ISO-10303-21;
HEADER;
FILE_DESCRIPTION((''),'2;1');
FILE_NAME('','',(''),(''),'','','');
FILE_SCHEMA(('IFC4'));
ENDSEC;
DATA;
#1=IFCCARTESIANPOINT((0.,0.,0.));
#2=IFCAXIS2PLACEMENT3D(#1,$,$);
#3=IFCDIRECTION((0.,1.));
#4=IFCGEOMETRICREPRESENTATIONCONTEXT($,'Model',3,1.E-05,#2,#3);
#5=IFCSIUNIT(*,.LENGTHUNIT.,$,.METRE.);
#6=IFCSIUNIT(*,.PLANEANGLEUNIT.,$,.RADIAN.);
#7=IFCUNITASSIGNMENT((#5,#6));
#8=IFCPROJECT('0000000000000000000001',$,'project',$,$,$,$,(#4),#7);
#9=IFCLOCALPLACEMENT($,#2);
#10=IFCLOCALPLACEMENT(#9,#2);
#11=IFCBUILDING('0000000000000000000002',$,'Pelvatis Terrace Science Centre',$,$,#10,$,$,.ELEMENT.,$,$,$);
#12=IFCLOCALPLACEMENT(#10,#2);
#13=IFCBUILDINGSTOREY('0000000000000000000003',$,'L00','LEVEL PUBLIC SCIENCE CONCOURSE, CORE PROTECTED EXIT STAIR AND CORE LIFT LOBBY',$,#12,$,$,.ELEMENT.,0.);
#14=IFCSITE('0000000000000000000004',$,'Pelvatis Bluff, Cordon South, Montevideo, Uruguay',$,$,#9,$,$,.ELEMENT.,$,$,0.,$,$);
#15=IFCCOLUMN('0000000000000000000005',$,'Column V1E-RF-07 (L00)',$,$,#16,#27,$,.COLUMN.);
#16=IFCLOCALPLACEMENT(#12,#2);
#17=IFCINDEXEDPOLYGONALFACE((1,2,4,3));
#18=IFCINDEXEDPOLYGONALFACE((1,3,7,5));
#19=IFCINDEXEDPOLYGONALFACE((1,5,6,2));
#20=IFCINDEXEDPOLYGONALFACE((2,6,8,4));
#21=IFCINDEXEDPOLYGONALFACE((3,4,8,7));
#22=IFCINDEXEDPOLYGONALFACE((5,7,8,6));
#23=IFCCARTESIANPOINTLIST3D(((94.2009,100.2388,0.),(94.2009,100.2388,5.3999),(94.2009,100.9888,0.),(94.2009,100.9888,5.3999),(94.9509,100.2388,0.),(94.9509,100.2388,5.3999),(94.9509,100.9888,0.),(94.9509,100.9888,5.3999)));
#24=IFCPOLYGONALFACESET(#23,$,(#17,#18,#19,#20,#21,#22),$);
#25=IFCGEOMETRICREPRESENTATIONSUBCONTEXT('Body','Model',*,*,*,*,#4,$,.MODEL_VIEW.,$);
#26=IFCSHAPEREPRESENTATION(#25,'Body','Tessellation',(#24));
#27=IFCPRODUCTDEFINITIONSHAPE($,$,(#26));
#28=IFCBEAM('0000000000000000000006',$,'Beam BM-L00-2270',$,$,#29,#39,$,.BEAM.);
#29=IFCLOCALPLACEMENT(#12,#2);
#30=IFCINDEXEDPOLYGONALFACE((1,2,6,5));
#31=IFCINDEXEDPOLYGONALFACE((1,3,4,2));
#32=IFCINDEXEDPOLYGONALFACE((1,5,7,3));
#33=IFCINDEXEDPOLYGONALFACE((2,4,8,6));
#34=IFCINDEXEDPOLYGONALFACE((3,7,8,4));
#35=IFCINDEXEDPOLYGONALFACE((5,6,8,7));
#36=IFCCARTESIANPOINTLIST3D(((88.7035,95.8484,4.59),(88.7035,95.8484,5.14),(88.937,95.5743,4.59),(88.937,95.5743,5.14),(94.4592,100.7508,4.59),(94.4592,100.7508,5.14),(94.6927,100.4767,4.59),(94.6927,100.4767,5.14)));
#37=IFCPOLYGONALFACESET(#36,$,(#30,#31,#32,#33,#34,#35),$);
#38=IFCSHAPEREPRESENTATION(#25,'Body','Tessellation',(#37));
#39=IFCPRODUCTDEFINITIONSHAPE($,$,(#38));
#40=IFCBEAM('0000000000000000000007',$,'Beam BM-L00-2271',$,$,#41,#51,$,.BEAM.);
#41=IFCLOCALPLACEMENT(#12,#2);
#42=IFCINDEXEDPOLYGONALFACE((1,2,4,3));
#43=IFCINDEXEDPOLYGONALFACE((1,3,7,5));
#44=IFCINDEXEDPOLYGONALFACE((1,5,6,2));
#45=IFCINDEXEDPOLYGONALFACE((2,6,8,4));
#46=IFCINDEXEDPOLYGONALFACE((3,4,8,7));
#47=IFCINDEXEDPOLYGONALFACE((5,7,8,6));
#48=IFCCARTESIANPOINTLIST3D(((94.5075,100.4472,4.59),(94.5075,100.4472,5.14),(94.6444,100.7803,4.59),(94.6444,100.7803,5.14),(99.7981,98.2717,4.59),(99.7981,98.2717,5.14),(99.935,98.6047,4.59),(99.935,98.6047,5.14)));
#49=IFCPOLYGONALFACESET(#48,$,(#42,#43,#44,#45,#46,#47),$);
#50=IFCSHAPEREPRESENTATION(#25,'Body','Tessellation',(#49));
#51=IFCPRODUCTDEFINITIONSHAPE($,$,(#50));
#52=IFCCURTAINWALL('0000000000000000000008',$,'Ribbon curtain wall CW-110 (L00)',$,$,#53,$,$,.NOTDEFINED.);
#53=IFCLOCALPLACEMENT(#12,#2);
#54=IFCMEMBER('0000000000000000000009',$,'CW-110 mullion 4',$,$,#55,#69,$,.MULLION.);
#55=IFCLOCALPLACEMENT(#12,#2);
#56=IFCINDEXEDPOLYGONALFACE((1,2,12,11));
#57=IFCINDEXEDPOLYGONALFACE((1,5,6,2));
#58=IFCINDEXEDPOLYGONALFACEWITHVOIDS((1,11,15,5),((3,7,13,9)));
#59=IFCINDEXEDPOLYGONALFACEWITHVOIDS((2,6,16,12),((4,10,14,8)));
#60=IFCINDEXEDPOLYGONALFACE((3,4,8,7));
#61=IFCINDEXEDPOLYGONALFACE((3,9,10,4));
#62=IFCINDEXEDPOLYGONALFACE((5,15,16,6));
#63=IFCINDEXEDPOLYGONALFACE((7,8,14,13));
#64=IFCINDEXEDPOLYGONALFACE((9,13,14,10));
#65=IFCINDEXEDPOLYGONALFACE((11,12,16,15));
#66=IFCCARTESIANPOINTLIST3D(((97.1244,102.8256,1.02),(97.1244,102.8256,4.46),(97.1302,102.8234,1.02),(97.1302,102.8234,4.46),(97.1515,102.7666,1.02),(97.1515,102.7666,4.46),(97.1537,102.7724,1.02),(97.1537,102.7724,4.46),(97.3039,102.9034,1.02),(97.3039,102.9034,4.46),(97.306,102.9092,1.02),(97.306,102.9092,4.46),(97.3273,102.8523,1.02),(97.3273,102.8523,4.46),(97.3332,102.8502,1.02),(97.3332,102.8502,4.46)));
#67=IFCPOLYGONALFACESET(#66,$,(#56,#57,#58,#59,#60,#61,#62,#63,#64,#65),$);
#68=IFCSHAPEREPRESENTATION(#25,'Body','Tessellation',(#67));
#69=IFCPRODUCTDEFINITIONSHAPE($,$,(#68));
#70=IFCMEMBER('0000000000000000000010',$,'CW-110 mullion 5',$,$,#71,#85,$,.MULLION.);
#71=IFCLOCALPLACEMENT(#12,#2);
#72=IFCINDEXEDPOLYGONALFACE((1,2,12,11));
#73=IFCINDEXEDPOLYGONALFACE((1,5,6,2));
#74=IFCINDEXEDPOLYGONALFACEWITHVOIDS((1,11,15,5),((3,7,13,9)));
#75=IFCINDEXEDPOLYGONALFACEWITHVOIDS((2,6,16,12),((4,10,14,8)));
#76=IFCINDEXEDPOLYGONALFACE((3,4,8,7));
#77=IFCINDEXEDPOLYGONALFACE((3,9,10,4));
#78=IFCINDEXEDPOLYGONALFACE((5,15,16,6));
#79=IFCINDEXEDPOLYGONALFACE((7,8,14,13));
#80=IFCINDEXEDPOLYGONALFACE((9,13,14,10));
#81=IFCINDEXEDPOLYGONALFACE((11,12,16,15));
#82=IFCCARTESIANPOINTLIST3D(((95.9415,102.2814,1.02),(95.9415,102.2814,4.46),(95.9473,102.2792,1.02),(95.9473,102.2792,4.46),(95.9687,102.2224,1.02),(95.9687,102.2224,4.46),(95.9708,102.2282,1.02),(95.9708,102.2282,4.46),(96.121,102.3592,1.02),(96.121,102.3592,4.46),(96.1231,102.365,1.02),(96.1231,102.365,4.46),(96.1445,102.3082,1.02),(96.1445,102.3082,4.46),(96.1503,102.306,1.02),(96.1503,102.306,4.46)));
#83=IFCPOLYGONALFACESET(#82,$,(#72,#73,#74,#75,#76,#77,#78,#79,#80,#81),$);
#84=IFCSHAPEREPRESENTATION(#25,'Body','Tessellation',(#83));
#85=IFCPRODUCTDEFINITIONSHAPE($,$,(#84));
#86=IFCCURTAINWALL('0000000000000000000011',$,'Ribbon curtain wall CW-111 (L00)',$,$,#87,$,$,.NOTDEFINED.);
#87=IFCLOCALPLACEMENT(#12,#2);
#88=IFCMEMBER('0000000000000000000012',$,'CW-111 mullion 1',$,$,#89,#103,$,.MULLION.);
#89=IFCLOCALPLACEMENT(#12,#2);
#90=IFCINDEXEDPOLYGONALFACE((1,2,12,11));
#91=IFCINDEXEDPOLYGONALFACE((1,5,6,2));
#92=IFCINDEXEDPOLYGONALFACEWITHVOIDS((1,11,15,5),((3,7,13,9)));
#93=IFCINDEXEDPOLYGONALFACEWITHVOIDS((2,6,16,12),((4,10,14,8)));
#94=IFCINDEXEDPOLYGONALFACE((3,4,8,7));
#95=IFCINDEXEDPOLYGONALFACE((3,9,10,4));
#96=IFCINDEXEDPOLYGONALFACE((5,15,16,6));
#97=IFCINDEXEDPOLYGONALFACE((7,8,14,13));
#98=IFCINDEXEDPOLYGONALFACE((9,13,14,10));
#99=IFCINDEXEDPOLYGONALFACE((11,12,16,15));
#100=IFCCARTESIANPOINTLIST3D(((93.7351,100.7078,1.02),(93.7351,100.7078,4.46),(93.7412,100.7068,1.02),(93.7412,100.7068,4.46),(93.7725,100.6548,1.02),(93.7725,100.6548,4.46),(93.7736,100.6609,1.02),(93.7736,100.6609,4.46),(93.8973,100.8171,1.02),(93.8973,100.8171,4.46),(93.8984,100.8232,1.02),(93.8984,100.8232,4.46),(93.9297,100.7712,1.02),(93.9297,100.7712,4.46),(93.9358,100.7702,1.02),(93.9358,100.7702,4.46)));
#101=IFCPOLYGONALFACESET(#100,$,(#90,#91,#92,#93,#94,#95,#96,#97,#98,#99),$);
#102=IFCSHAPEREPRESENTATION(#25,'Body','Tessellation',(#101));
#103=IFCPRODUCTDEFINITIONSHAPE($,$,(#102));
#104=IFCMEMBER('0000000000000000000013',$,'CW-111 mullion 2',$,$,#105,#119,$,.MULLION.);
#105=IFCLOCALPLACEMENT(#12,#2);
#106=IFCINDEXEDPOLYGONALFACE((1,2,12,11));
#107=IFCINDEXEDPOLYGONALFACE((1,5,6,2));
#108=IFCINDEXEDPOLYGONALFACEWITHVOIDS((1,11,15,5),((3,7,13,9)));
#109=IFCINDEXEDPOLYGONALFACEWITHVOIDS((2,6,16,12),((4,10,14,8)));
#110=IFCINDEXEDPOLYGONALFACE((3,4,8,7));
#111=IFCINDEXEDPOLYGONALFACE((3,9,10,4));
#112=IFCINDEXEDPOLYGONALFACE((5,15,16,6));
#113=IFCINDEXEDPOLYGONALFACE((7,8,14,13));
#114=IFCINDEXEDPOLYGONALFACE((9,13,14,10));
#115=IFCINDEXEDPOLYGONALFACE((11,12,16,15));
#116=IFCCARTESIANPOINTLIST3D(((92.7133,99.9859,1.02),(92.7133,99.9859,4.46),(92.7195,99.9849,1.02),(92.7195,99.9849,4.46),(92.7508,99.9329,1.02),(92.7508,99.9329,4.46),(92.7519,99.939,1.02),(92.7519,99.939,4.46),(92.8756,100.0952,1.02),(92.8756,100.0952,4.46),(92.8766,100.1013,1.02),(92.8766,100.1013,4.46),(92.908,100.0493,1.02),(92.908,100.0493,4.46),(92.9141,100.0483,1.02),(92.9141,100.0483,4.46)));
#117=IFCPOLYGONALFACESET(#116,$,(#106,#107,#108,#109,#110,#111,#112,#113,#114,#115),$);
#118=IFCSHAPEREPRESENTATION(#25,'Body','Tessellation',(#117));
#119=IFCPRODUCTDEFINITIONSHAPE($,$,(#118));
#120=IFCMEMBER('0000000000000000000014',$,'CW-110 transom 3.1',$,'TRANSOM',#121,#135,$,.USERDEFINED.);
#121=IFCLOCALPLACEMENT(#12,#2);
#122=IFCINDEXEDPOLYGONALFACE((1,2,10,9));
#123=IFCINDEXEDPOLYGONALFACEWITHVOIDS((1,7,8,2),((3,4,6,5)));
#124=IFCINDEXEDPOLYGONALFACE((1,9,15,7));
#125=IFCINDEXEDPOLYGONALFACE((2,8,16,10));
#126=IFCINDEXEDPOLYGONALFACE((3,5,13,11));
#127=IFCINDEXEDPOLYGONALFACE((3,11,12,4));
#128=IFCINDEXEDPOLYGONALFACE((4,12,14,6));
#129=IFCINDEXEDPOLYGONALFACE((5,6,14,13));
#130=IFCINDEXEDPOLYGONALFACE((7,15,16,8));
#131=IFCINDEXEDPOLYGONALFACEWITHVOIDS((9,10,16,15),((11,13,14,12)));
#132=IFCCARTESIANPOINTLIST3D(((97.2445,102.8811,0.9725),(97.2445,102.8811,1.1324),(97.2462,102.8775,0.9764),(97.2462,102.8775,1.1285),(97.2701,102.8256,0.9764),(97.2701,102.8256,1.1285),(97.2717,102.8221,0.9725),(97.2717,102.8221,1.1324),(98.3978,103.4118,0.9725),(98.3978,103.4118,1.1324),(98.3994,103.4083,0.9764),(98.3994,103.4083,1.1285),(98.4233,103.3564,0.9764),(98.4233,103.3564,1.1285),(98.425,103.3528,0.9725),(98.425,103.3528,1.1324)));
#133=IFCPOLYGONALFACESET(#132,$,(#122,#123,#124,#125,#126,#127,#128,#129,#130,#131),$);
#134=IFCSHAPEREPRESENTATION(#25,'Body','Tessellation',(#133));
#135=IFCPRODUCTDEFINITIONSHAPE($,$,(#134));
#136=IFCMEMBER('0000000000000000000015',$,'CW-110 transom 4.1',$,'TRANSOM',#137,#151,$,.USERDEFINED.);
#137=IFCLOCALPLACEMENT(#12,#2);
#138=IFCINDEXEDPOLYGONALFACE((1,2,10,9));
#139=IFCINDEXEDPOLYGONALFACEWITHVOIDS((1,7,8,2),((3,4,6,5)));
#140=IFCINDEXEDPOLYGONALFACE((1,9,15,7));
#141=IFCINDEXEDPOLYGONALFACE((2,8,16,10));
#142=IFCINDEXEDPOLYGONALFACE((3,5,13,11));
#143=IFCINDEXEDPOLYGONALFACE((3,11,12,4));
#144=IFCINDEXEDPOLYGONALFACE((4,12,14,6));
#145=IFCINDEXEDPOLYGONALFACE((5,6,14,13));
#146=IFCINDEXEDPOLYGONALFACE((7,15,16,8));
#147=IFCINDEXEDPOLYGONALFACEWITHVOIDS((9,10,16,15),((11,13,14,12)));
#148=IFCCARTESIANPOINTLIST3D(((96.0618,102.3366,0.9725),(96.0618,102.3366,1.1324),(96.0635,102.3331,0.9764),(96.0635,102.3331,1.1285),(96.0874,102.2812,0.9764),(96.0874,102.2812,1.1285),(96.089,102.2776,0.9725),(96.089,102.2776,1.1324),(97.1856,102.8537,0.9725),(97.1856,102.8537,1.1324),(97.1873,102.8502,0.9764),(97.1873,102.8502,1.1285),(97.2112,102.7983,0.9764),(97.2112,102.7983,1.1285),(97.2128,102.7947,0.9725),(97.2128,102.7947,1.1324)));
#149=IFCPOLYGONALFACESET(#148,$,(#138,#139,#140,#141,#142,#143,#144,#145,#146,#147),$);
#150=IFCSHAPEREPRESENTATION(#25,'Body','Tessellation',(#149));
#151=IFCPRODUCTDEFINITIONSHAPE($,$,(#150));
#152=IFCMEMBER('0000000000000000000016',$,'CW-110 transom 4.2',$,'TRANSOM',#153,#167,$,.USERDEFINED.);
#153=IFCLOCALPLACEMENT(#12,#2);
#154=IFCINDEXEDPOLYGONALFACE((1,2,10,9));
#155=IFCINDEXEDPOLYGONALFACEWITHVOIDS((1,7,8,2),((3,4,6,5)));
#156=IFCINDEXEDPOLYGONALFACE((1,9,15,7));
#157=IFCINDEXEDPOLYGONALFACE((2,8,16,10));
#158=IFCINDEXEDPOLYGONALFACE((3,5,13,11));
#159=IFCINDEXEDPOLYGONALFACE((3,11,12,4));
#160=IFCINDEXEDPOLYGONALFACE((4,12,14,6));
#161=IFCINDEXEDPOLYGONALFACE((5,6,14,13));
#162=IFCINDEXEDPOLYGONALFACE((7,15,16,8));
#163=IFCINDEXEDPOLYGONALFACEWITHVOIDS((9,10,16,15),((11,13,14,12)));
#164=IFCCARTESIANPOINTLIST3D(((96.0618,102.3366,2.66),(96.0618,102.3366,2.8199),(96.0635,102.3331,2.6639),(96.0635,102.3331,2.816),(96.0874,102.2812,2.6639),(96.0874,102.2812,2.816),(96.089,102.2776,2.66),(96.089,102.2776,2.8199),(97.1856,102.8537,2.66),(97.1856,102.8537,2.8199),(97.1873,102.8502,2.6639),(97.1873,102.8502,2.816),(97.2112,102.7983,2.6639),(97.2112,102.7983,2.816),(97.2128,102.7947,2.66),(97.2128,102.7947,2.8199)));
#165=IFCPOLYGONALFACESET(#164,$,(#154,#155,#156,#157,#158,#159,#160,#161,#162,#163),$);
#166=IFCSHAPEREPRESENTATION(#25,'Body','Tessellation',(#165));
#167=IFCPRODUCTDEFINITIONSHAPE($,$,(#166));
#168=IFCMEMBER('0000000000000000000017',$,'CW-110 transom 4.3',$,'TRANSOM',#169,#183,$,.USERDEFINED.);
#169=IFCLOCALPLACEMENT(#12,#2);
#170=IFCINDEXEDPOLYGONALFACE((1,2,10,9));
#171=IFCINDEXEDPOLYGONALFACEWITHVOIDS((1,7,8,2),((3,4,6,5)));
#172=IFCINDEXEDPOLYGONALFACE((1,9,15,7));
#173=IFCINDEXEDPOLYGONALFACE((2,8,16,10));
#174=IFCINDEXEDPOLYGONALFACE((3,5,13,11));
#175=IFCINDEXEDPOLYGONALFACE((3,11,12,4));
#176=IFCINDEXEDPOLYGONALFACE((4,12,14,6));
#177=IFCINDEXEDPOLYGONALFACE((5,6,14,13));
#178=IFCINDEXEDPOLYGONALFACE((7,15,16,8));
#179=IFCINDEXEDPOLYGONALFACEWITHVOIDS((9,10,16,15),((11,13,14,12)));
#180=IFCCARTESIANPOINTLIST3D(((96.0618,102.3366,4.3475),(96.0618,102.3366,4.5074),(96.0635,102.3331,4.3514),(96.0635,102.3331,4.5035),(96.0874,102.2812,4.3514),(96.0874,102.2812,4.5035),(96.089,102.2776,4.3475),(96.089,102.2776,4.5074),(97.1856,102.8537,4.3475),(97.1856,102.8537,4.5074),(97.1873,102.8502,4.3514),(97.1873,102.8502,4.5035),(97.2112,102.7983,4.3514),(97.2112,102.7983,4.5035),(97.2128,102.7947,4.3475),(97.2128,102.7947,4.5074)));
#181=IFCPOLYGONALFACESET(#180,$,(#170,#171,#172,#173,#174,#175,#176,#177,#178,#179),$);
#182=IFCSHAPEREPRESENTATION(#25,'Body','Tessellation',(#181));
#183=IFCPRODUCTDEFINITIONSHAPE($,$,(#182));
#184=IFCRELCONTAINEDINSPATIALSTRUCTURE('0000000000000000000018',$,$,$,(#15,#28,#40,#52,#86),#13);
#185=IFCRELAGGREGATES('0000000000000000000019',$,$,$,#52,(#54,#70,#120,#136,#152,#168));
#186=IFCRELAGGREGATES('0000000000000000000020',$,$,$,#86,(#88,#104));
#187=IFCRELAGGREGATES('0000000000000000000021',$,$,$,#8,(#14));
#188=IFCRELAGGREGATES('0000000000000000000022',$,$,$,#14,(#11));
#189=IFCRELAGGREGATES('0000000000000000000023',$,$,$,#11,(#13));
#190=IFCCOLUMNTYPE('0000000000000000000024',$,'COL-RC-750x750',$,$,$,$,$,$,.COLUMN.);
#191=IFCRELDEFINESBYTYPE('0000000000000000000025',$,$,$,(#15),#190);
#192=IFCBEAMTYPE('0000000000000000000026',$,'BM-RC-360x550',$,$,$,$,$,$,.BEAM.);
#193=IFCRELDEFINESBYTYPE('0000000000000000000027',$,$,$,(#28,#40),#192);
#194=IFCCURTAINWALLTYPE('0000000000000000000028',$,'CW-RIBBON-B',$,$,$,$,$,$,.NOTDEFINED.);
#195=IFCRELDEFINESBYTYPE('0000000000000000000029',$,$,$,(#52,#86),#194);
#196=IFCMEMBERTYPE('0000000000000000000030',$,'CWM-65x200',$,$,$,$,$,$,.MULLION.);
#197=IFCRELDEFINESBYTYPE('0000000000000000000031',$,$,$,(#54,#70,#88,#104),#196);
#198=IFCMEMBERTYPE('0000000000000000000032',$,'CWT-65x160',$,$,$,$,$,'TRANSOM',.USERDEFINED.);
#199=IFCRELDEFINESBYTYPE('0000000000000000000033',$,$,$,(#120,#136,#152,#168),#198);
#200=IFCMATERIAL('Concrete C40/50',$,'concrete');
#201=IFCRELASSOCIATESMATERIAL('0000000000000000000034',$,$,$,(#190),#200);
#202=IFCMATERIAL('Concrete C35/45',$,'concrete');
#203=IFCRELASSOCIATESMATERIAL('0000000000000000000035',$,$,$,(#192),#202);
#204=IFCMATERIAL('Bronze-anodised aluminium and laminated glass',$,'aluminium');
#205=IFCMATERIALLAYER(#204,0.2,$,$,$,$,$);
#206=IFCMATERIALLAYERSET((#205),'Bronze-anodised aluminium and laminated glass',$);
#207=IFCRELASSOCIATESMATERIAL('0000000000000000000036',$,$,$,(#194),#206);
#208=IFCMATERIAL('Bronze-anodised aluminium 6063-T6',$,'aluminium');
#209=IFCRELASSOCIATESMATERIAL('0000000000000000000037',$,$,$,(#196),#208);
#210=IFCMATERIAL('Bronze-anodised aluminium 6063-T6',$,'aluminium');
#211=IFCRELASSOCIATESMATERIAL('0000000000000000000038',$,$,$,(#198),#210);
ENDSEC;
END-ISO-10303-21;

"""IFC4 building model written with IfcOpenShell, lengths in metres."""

from ifc_helpers import new_model, si_unit, direction, frame, origin, origin_2d, place, context, subcontext, project, spatial, rectangle, hollow_rectangle, extrude, material, layer, layer_set, material_profile, profile_set, type_object, element, aggregate, save


model = new_model("IFC4")

# Units and contexts
model_context = context("Model", 3, precision=1e-05, world=origin(), true_north=direction((0.0, 1.0)))
body_context = subcontext(model_context, "Body", "Model", "MODEL_VIEW")
ifc_project = project(units=[si_unit("LENGTHUNIT", "METRE"), si_unit("PLANEANGLEUNIT", "RADIAN")], contexts=[model_context])

# Site, building, storey
site_placement = place(None, origin())
site = spatial("IfcSite", under=ifc_project, at=site_placement, Name="Pelvatis Bluff, Cordon South, Montevideo, Uruguay", CompositionType="ELEMENT", RefElevation=0.0)
building_placement = place(site_placement, origin())
building = spatial("IfcBuilding", under=site, at=building_placement, Name="Pelvatis Terrace Science Centre", CompositionType="ELEMENT")
storey_placement = place(building_placement, origin())
storey = spatial("IfcBuildingStorey", under=building, at=storey_placement, Name="L00", Description="LEVEL PUBLIC SCIENCE CONCOURSE, CORE PROTECTED EXIT STAIR AND CORE LIFT LOBBY", CompositionType="ELEMENT", Elevation=0.0)

# Column
ifc_material_1 = material(Name="Concrete C40/50", Category="concrete")
ifc_material_profile_1 = material_profile(ifc_material_1, rectangle(XDim=0.75, YDim=0.75, at=origin_2d()), Name="RC-COL 750x750")
ifc_profile_set_1 = profile_set([ifc_material_profile_1], Name="Concrete C40/50")
column_type = type_object("IfcColumnType", Name="COL-RC-750x750", PredefinedType="COLUMN", material=ifc_profile_set_1)
column_placement = place(storey_placement, frame((94.5759, 100.6138, 0.0), z_axis=(0.0, 0.0, 1.0), x_axis=(1.0, 0.0, 0.0)))
element("IfcColumn", 1, at=column_placement, inside=storey, type_object=column_type, Name="Column V1E-RF-07 (L00)", PredefinedType="COLUMN", context=body_context, shape_type="SweptSolid", body=[
    extrude(rectangle(XDim=0.75, YDim=0.75, at=origin_2d()), origin(), (0.0, 0.0, 1.0), 5.3999),
])

# Beams
ifc_material_2 = material(Name="Concrete C35/45", Category="concrete")
ifc_material_profile_2 = material_profile(ifc_material_2, rectangle(XDim=0.3601, YDim=0.55, at=origin_2d()), Name="RC-BM 360x550")
ifc_profile_set_2 = profile_set([ifc_material_profile_2], Name="Concrete C35/45")
beam_type = type_object("IfcBeamType", Name="BM-RC-360x550", PredefinedType="BEAM", material=ifc_profile_set_2)
beam_1_placement = place(storey_placement, frame((94.5759, 100.6138, 4.865), z_axis=(-0.761282, -0.648421, 0.0), x_axis=(0.648421, -0.761282, 0.0)))
element("IfcBeam", 2, at=beam_1_placement, inside=storey, type_object=beam_type, Name="Beam BM-L00-2270", PredefinedType="BEAM", context=body_context, shape_type="SweptSolid", body=[
    extrude(rectangle(XDim=0.3601, YDim=0.55, at=origin_2d()), origin(), (0.0, 0.0, 1.0), 7.5605),
])
beam_2_placement = place(storey_placement, frame((94.5759, 100.6138, 4.865), z_axis=(0.924857, -0.380314, 0.0), x_axis=(0.380314, 0.924857, 0.0)))
element("IfcBeam", 3, at=beam_2_placement, inside=storey, type_object=beam_type, Name="Beam BM-L00-2271", PredefinedType="BEAM", context=body_context, shape_type="SweptSolid", body=[
    extrude(rectangle(XDim=0.3601, YDim=0.55, at=origin_2d()), origin(), (0.0, 0.0, 1.0), 5.7205),
])

# Curtain walls, members
ifc_material_3 = material(Name="Bronze-anodised aluminium and laminated glass", Category="aluminium")
ifc_layer_1 = layer(ifc_material_3, 0.2)
ifc_layer_set_1 = layer_set([ifc_layer_1], Name="Bronze-anodised aluminium and laminated glass")
curtain_wall_type = type_object("IfcCurtainWallType", Name="CW-RIBBON-B", PredefinedType="NOTDEFINED", material=ifc_layer_set_1)
curtain_wall_1_placement = place(storey_placement, origin())
curtain_wall_1 = element("IfcCurtainWall", 4, at=curtain_wall_1_placement, inside=storey, type_object=curtain_wall_type, Name="Ribbon curtain wall CW-110 (L00)", PredefinedType="NOTDEFINED")
ifc_material_4 = material(Name="Bronze-anodised aluminium 6063-T6", Category="aluminium")
ifc_material_profile_3 = material_profile(ifc_material_4, hollow_rectangle(XDim=0.0649, YDim=0.2, WallThickness=0.0044, at=origin_2d()), Name="ALU-MUL 65x200")
ifc_profile_set_3 = profile_set([ifc_material_profile_3], Name="Bronze-anodised aluminium 6063-T6")
member_type_1 = type_object("IfcMemberType", Name="CWM-65x200", PredefinedType="MULLION", material=ifc_profile_set_3)
member_1_placement = place(storey_placement, frame((97.2288, 102.8379, 1.02), z_axis=(0.0, 0.0, 1.0), x_axis=(0.418057, -0.908421, 0.0)))
member_1 = element("IfcMember", 5, at=member_1_placement, type_object=member_type_1, Name="CW-110 mullion 4", PredefinedType="MULLION", context=body_context, shape_type="SweptSolid", body=[
    extrude(hollow_rectangle(XDim=0.0649, YDim=0.2, WallThickness=0.0044, at=origin_2d()), origin(), (0.0, 0.0, 1.0), 3.4399),
])
member_2_placement = place(storey_placement, frame((96.0459, 102.2937, 1.02), z_axis=(0.0, 0.0, 1.0), x_axis=(0.418057, -0.908421, 0.0)))
member_2 = element("IfcMember", 6, at=member_2_placement, type_object=member_type_1, Name="CW-110 mullion 5", PredefinedType="MULLION", context=body_context, shape_type="SweptSolid", body=[
    extrude(hollow_rectangle(XDim=0.0649, YDim=0.2, WallThickness=0.0044, at=origin_2d()), origin(), (0.0, 0.0, 1.0), 3.4399),
])
curtain_wall_2_placement = place(storey_placement, origin())
curtain_wall_2 = element("IfcCurtainWall", 7, at=curtain_wall_2_placement, inside=storey, type_object=curtain_wall_type, Name="Ribbon curtain wall CW-111 (L00)", PredefinedType="NOTDEFINED")
member_3_placement = place(storey_placement, frame((93.8354, 100.739, 1.02), z_axis=(0.0, 0.0, 1.0), x_axis=(0.577055, -0.816705, 0.0)))
member_3 = element("IfcMember", 8, at=member_3_placement, type_object=member_type_1, Name="CW-111 mullion 1", PredefinedType="MULLION", context=body_context, shape_type="SweptSolid", body=[
    extrude(hollow_rectangle(XDim=0.0649, YDim=0.2, WallThickness=0.0044, at=origin_2d()), origin(), (0.0, 0.0, 1.0), 3.4399),
])
member_4_placement = place(storey_placement, frame((92.8137, 100.0171, 1.02), z_axis=(0.0, 0.0, 1.0), x_axis=(0.577055, -0.816705, 0.0)))
member_4 = element("IfcMember", 9, at=member_4_placement, type_object=member_type_1, Name="CW-111 mullion 2", PredefinedType="MULLION", context=body_context, shape_type="SweptSolid", body=[
    extrude(hollow_rectangle(XDim=0.0649, YDim=0.2, WallThickness=0.0044, at=origin_2d()), origin(), (0.0, 0.0, 1.0), 3.4399),
])

# Members
ifc_material_5 = material(Name="Bronze-anodised aluminium 6063-T6", Category="aluminium")
ifc_material_profile_4 = material_profile(ifc_material_5, hollow_rectangle(XDim=0.0649, YDim=0.1599, WallThickness=0.0039, at=origin_2d()), Name="ALU-TRN 65x160")
ifc_profile_set_4 = profile_set([ifc_material_profile_4], Name="Bronze-anodised aluminium 6063-T6")
member_type_2 = type_object("IfcMemberType", Name="CWT-65x160", ElementType="TRANSOM", PredefinedType="USERDEFINED", material=ifc_profile_set_4)
member_5_placement = place(storey_placement, frame((98.4114, 103.3823, 1.0525), z_axis=(-0.90842, -0.418058, 0.0), x_axis=(0.418058, -0.90842, 0.0)))
member_5 = element("IfcMember", 10, at=member_5_placement, type_object=member_type_2, Name="CW-110 transom 3.1", ObjectType="TRANSOM", PredefinedType="USERDEFINED", context=body_context, shape_type="SweptSolid", body=[
    extrude(hollow_rectangle(XDim=0.0649, YDim=0.1599, WallThickness=0.0039, at=origin_2d()), origin(), (0.0, 0.0, 1.0), 1.2695),
])
member_6_placement = place(storey_placement, frame((97.1992, 102.8242, 1.0525), z_axis=(-0.908444, -0.418007, 0.0), x_axis=(0.418007, -0.908444, 0.0)))
member_6 = element("IfcMember", 11, at=member_6_placement, type_object=member_type_2, Name="CW-110 transom 4.1", ObjectType="TRANSOM", PredefinedType="USERDEFINED", context=body_context, shape_type="SweptSolid", body=[
    extrude(hollow_rectangle(XDim=0.0649, YDim=0.1599, WallThickness=0.0039, at=origin_2d()), origin(), (0.0, 0.0, 1.0), 1.2371),
])
member_7_placement = place(storey_placement, frame((97.1992, 102.8242, 2.74), z_axis=(-0.908444, -0.418007, 0.0), x_axis=(0.418007, -0.908444, 0.0)))
member_7 = element("IfcMember", 12, at=member_7_placement, type_object=member_type_2, Name="CW-110 transom 4.2", ObjectType="TRANSOM", PredefinedType="USERDEFINED", context=body_context, shape_type="SweptSolid", body=[
    extrude(hollow_rectangle(XDim=0.0649, YDim=0.1599, WallThickness=0.0039, at=origin_2d()), origin(), (0.0, 0.0, 1.0), 1.2371),
])
member_8_placement = place(storey_placement, frame((97.1992, 102.8242, 4.4275), z_axis=(-0.908444, -0.418007, 0.0), x_axis=(0.418007, -0.908444, 0.0)))
member_8 = element("IfcMember", 13, at=member_8_placement, type_object=member_type_2, Name="CW-110 transom 4.3", ObjectType="TRANSOM", PredefinedType="USERDEFINED", context=body_context, shape_type="SweptSolid", body=[
    extrude(hollow_rectangle(XDim=0.0649, YDim=0.1599, WallThickness=0.0039, at=origin_2d()), origin(), (0.0, 0.0, 1.0), 1.2371),
])

aggregate(curtain_wall_1, [member_1, member_2, member_5, member_6, member_7, member_8])
aggregate(curtain_wall_2, [member_3, member_4])

save(model, "model.ifc")
